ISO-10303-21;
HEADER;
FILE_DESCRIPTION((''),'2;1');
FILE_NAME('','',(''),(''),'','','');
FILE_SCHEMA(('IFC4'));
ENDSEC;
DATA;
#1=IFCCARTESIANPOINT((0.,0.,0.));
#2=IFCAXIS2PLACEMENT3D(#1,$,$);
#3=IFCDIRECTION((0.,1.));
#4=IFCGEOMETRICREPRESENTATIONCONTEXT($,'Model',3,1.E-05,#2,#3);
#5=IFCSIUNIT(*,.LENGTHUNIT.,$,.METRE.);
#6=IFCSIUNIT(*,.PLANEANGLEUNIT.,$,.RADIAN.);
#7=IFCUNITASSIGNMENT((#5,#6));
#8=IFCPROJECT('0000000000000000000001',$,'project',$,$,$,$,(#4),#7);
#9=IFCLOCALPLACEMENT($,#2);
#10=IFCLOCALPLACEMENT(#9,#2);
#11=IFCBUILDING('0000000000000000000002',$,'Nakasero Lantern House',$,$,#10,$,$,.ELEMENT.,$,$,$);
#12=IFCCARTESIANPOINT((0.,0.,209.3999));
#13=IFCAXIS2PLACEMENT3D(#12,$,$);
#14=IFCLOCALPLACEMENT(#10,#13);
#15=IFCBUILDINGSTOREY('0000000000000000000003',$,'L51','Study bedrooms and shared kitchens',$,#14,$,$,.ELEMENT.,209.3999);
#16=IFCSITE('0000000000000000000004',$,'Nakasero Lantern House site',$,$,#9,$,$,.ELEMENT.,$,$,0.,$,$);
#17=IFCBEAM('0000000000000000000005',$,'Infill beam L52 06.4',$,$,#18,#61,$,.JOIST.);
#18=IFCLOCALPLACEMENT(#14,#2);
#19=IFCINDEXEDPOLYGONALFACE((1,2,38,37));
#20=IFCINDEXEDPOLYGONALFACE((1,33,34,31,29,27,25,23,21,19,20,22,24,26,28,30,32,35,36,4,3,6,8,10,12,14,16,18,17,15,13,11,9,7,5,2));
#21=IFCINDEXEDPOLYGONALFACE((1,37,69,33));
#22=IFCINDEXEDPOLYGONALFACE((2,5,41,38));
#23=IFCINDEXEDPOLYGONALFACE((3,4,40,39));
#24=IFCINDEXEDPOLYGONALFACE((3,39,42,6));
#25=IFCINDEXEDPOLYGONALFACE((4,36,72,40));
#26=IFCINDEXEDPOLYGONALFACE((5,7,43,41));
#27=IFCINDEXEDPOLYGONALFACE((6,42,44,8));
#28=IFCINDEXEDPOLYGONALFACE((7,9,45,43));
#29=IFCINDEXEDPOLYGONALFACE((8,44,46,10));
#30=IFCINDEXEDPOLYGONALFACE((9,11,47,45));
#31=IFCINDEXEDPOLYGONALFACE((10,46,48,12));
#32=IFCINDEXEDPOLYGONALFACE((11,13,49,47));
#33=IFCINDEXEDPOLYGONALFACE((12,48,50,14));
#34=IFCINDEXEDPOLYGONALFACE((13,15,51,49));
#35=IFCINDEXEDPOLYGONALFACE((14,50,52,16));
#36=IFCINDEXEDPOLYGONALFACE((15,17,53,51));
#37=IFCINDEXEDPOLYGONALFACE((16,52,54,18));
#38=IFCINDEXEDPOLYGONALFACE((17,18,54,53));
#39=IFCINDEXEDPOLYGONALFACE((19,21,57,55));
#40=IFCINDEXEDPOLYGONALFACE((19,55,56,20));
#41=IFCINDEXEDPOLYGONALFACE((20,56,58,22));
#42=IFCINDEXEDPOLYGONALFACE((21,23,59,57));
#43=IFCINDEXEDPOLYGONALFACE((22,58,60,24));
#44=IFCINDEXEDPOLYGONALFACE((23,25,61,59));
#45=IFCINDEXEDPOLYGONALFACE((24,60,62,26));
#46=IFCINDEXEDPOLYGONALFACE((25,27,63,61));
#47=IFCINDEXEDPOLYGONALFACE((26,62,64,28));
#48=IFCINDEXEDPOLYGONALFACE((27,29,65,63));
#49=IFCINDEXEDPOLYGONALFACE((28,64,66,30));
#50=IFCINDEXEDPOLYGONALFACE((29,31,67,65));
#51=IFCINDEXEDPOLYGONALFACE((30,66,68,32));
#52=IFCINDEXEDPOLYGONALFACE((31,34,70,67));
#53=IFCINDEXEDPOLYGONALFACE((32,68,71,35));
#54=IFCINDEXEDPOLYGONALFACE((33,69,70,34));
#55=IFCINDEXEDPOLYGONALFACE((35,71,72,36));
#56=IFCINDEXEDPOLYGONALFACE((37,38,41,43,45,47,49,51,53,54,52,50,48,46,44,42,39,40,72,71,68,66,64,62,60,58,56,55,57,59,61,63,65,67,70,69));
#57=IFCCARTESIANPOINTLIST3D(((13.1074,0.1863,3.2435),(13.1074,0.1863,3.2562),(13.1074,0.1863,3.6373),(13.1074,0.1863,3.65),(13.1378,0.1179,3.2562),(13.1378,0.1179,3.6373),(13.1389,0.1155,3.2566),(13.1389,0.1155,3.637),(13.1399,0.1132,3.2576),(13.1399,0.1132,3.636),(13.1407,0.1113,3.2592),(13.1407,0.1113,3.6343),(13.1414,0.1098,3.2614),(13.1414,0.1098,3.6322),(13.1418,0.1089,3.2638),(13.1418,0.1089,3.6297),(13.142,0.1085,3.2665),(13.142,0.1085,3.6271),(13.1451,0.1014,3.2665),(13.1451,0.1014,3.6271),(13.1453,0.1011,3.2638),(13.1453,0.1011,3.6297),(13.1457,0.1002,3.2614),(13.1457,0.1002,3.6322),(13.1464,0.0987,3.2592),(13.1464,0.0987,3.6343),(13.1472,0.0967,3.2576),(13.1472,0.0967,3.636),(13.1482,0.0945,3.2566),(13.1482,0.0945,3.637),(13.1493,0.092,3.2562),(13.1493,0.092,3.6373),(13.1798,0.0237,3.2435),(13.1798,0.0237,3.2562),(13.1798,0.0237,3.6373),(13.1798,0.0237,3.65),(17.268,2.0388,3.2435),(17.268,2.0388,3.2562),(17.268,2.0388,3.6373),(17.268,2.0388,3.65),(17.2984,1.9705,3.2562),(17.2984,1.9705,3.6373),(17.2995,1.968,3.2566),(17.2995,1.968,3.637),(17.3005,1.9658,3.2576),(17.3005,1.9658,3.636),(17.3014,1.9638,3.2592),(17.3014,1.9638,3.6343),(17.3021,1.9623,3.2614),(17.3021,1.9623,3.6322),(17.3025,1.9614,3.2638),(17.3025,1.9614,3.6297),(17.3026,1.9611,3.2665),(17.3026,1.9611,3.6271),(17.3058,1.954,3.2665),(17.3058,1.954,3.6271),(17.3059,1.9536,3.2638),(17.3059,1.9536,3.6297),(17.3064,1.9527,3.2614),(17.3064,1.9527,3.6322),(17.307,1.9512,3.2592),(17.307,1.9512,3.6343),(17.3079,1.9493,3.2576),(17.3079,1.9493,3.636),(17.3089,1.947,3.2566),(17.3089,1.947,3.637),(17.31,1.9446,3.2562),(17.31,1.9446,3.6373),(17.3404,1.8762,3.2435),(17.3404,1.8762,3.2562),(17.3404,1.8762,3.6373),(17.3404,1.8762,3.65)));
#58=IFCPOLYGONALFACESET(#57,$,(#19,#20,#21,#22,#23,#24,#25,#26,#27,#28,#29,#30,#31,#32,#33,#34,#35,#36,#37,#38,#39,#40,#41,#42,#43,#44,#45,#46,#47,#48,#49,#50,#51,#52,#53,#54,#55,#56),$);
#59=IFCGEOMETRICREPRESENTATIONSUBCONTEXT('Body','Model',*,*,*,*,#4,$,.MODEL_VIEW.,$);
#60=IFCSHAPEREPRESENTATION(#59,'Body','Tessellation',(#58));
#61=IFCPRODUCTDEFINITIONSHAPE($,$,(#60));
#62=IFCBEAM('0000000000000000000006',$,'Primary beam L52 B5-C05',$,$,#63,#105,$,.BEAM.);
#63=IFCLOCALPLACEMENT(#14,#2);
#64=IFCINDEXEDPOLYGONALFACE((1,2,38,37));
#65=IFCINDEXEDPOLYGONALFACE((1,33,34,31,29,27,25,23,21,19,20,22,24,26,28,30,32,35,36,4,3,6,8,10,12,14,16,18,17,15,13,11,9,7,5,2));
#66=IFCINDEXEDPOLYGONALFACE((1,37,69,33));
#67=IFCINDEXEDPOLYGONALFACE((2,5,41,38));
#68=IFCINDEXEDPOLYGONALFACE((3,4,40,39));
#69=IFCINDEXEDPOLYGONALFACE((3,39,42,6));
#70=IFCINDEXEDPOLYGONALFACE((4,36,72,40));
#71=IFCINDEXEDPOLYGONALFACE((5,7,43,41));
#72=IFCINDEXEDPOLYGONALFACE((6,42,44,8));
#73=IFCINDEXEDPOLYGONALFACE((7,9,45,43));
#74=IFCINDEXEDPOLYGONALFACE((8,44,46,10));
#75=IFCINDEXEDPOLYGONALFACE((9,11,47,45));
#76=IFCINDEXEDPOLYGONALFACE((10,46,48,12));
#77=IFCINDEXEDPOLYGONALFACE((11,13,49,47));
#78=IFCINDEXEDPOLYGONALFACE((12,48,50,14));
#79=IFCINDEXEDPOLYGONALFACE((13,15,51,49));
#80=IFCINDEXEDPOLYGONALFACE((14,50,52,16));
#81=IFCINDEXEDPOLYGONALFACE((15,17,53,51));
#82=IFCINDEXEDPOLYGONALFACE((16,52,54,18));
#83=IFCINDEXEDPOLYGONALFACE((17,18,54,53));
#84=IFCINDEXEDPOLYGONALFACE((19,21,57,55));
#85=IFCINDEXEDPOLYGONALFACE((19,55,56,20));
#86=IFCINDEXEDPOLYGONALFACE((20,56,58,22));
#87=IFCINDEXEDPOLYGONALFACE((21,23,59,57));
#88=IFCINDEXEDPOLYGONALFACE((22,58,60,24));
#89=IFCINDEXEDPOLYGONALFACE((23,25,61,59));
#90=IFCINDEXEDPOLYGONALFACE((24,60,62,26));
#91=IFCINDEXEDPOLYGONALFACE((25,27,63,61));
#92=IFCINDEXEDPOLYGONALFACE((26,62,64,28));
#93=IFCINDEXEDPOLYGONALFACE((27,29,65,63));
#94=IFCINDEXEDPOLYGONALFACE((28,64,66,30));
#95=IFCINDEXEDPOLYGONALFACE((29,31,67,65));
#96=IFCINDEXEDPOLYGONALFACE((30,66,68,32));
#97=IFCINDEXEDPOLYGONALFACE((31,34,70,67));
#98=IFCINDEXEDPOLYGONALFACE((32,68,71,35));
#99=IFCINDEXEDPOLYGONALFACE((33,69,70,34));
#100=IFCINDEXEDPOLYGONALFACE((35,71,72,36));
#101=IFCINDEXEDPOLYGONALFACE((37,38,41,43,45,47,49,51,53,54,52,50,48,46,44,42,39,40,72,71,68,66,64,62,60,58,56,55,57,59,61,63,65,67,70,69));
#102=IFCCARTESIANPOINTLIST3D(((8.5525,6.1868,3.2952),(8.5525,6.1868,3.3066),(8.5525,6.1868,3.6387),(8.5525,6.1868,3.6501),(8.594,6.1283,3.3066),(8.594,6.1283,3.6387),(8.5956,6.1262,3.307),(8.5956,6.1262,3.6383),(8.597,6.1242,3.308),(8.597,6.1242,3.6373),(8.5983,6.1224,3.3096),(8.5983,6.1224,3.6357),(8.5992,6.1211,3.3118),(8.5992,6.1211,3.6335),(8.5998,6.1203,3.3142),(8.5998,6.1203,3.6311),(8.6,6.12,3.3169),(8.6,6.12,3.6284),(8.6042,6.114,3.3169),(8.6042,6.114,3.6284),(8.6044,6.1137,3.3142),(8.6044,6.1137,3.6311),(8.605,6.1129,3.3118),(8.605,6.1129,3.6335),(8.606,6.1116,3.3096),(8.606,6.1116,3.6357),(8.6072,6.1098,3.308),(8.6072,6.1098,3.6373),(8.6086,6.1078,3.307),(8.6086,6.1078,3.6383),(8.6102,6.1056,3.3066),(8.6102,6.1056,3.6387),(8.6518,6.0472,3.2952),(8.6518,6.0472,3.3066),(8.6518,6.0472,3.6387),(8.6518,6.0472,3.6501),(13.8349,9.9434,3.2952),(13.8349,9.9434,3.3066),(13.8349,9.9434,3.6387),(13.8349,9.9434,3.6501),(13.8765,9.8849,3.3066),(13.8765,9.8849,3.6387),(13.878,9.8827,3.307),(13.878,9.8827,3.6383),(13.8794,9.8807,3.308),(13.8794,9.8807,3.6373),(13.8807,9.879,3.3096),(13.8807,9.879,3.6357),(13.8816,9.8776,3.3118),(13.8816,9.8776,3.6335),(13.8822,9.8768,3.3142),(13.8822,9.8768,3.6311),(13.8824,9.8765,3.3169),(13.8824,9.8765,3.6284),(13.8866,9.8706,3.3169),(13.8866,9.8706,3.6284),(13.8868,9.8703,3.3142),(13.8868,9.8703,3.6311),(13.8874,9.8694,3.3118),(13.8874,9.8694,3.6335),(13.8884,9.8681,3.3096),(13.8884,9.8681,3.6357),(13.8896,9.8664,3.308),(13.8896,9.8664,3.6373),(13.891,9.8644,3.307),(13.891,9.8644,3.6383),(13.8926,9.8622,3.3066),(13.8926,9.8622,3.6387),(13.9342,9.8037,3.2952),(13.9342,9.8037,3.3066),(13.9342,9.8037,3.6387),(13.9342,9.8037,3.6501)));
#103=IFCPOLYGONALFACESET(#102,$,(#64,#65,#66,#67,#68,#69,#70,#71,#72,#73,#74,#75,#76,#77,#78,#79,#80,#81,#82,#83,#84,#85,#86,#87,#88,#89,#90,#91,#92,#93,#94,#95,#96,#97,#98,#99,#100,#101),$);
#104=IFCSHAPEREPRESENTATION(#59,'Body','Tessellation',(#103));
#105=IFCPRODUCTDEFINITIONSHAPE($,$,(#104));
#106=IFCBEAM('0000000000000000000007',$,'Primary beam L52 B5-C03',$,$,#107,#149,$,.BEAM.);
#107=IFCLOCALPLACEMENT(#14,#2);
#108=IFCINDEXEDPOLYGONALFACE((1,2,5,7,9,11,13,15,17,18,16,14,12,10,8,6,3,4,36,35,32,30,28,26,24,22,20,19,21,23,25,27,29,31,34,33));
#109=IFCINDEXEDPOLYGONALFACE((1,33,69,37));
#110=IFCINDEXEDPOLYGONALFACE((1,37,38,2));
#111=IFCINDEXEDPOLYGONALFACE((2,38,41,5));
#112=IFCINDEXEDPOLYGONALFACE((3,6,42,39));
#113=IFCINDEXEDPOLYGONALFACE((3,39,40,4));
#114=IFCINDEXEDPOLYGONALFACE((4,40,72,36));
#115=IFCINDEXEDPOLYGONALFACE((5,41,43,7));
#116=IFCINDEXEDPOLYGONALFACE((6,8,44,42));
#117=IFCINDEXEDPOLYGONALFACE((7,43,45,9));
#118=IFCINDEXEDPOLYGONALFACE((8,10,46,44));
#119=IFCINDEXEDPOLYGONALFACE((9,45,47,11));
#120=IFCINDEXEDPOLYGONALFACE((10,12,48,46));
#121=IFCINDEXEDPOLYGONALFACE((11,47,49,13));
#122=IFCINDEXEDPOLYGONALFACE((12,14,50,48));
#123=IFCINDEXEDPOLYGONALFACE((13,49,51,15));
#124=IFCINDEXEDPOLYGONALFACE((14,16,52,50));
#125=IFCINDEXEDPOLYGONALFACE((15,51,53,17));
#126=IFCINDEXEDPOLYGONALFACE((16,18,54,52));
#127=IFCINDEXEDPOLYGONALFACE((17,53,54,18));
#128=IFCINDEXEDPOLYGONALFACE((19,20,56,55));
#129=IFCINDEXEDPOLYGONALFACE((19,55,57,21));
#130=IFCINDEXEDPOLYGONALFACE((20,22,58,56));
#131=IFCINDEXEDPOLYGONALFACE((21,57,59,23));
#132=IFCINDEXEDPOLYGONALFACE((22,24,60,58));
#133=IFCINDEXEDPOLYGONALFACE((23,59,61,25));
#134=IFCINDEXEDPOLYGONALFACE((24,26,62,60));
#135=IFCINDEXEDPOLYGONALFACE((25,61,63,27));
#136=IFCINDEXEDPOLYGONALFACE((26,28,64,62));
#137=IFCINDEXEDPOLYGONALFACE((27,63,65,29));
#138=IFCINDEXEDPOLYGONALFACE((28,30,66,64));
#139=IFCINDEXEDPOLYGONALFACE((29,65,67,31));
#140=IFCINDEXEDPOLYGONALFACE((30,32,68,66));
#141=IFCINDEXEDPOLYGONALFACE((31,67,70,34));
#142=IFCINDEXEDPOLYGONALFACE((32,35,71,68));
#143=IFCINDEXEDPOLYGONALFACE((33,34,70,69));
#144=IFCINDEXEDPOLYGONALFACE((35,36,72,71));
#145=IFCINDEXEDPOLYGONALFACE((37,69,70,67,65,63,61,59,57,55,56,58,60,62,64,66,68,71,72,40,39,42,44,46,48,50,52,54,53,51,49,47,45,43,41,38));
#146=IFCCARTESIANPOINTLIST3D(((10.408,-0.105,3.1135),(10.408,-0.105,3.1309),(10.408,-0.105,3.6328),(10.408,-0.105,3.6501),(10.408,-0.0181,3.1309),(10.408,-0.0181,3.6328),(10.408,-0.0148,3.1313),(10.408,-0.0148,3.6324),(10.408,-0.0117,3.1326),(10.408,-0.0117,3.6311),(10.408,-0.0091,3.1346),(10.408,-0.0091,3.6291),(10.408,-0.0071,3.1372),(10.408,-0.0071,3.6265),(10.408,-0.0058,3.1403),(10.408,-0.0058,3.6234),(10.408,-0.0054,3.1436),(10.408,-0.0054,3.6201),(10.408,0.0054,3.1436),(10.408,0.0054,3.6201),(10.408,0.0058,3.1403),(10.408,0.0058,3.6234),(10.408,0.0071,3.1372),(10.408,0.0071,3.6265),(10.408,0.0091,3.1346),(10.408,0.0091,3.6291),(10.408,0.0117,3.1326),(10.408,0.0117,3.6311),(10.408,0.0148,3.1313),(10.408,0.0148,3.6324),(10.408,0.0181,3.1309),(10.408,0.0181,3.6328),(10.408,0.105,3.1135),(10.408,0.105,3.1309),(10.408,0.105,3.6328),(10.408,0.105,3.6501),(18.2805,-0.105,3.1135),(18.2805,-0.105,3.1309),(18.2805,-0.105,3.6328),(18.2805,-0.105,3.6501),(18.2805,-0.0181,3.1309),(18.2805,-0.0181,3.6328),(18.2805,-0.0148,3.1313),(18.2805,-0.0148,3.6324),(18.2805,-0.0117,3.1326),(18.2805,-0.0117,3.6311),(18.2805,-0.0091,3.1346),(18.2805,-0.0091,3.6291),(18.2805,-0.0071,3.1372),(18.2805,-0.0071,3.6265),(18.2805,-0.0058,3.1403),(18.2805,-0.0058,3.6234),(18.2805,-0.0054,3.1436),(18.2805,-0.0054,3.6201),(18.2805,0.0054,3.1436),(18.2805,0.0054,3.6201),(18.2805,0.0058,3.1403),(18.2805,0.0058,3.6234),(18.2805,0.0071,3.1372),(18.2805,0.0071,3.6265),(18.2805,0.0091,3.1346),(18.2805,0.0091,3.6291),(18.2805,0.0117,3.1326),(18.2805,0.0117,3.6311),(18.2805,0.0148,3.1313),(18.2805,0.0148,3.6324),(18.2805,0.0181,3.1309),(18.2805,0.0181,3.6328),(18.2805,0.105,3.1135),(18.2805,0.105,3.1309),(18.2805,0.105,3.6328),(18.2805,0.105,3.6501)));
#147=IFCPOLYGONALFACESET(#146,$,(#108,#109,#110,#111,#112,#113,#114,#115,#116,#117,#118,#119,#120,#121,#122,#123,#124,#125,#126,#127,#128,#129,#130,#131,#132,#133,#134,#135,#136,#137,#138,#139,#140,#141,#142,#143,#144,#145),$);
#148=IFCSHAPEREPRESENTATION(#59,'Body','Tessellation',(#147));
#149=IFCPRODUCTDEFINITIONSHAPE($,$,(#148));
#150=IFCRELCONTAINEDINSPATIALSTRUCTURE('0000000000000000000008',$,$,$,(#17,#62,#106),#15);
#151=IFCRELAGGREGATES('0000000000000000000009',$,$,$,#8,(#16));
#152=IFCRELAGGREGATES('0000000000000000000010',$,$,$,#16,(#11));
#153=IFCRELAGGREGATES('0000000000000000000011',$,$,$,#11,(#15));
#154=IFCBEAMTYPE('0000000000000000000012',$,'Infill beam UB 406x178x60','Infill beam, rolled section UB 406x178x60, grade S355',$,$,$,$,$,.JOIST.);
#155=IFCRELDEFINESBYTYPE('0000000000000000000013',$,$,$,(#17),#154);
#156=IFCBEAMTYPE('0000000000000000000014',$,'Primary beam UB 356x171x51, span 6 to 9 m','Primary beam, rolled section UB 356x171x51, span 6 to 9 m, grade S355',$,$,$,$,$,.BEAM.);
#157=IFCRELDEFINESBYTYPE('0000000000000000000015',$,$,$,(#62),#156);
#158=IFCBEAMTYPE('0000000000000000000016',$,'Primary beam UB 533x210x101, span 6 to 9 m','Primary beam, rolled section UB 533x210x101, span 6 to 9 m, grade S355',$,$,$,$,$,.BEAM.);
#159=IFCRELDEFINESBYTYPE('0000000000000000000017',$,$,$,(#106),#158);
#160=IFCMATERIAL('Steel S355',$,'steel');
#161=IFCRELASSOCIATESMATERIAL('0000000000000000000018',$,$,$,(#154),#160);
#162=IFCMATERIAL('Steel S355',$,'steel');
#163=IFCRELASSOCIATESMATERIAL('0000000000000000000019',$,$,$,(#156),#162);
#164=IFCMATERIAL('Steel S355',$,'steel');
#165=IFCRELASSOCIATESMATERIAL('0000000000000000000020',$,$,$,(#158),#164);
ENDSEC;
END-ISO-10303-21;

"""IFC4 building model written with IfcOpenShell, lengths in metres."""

from ifc_helpers import new_model, si_unit, direction, frame, origin, origin_2d, place, context, subcontext, project, spatial, i_section, extrude, material, material_profile, profile_set, type_object, element, save


model = new_model("IFC4")

# Units and contexts
model_context = context("Model", 3, precision=1e-05, world=origin(), true_north=direction((0.0, 1.0)))
body_context = subcontext(model_context, "Body", "Model", "MODEL_VIEW")
ifc_project = project(units=[si_unit("LENGTHUNIT", "METRE"), si_unit("PLANEANGLEUNIT", "RADIAN")], contexts=[model_context])

# Site, building, storey
site_placement = place(None, origin())
site = spatial("IfcSite", under=ifc_project, at=site_placement, Name="Nakasero Lantern House site", CompositionType="ELEMENT", RefElevation=0.0)
building_placement = place(site_placement, origin())
building = spatial("IfcBuilding", under=site, at=building_placement, Name="Nakasero Lantern House", CompositionType="ELEMENT")
storey_placement = place(building_placement, frame((0.0, 0.0, 209.3999)))
storey = spatial("IfcBuildingStorey", under=building, at=storey_placement, Name="L51", Description="Study bedrooms and shared kitchens", CompositionType="ELEMENT", Elevation=209.3999)

# Beams
ifc_material_1 = material(Name="Steel S355", Category="steel")
ifc_material_profile_1 = material_profile(ifc_material_1, i_section(OverallWidth=0.178, OverallDepth=0.4065, WebThickness=0.0078, FlangeThickness=0.0127, FilletRadius=0.0103, at=origin_2d()), Name="UB 406x178x60")
ifc_profile_set_1 = profile_set([ifc_material_profile_1], Name="Steel S355")
beam_type_1 = type_object("IfcBeamType", Name="Infill beam UB 406x178x60", Description="Infill beam, rolled section UB 406x178x60, grade S355", PredefinedType="JOIST", material=ifc_profile_set_1)
beam_1_placement = place(storey_placement, frame((13.1436, 0.105, 3.4468), z_axis=(0.913537, 0.406755, 0.0), x_axis=(-0.406755, 0.913537, 0.0)))
element("IfcBeam", 1, at=beam_1_placement, inside=storey, type_object=beam_type_1, Name="Infill beam L52 06.4", PredefinedType="JOIST", context=body_context, shape_type="SweptSolid", body=[
    extrude(i_section(OverallWidth=0.178, OverallDepth=0.4065, WebThickness=0.0078, FlangeThickness=0.0127, FilletRadius=0.0103, at=origin_2d()), origin(), (0.0, 0.0, 1.0), 4.5544),
])
ifc_material_2 = material(Name="Steel S355", Category="steel")
ifc_material_profile_2 = material_profile(ifc_material_2, i_section(OverallWidth=0.1714, OverallDepth=0.355, WebThickness=0.0073, FlangeThickness=0.0115, FilletRadius=0.0103, at=origin_2d()), Name="UB 356x171x51")
ifc_profile_set_2 = profile_set([ifc_material_profile_2], Name="Steel S355")
beam_type_2 = type_object("IfcBeamType", Name="Primary beam UB 356x171x51, span 6 to 9 m", Description="Primary beam, rolled section UB 356x171x51, span 6 to 9 m, grade S355", PredefinedType="BEAM", material=ifc_profile_set_2)
beam_2_placement = place(storey_placement, frame((13.8845, 9.8735, 3.4727), z_axis=(-0.814943, -0.579541, 0.0), x_axis=(0.579541, -0.814943, 0.0)))
element("IfcBeam", 2, at=beam_2_placement, inside=storey, type_object=beam_type_2, Name="Primary beam L52 B5-C05", PredefinedType="BEAM", context=body_context, shape_type="SweptSolid", body=[
    extrude(i_section(OverallWidth=0.1714, OverallDepth=0.355, WebThickness=0.0073, FlangeThickness=0.0115, FilletRadius=0.0103, at=origin_2d()), origin(), (0.0, 0.0, 1.0), 6.4819),
])
ifc_material_3 = material(Name="Steel S355", Category="steel")
ifc_material_profile_3 = material_profile(ifc_material_3, i_section(OverallWidth=0.21, OverallDepth=0.5366, WebThickness=0.0107, FlangeThickness=0.0173, FilletRadius=0.0127, at=origin_2d()), Name="UB 533x210x101")
ifc_profile_set_3 = profile_set([ifc_material_profile_3], Name="Steel S355")
beam_type_3 = type_object("IfcBeamType", Name="Primary beam UB 533x210x101, span 6 to 9 m", Description="Primary beam, rolled section UB 533x210x101, span 6 to 9 m, grade S355", PredefinedType="BEAM", material=ifc_profile_set_3)
beam_3_placement = place(storey_placement, frame((18.2805, 0.0, 3.3818), z_axis=(-1.0, 0.0, 0.0), x_axis=(0.0, -1.0, 0.0)))
element("IfcBeam", 3, at=beam_3_placement, inside=storey, type_object=beam_type_3, Name="Primary beam L52 B5-C03", PredefinedType="BEAM", context=body_context, shape_type="SweptSolid", body=[
    extrude(i_section(OverallWidth=0.21, OverallDepth=0.5366, WebThickness=0.0107, FlangeThickness=0.0173, FilletRadius=0.0127, at=origin_2d()), origin(), (0.0, 0.0, 1.0), 7.8726),
])

save(model, "model.ifc")
